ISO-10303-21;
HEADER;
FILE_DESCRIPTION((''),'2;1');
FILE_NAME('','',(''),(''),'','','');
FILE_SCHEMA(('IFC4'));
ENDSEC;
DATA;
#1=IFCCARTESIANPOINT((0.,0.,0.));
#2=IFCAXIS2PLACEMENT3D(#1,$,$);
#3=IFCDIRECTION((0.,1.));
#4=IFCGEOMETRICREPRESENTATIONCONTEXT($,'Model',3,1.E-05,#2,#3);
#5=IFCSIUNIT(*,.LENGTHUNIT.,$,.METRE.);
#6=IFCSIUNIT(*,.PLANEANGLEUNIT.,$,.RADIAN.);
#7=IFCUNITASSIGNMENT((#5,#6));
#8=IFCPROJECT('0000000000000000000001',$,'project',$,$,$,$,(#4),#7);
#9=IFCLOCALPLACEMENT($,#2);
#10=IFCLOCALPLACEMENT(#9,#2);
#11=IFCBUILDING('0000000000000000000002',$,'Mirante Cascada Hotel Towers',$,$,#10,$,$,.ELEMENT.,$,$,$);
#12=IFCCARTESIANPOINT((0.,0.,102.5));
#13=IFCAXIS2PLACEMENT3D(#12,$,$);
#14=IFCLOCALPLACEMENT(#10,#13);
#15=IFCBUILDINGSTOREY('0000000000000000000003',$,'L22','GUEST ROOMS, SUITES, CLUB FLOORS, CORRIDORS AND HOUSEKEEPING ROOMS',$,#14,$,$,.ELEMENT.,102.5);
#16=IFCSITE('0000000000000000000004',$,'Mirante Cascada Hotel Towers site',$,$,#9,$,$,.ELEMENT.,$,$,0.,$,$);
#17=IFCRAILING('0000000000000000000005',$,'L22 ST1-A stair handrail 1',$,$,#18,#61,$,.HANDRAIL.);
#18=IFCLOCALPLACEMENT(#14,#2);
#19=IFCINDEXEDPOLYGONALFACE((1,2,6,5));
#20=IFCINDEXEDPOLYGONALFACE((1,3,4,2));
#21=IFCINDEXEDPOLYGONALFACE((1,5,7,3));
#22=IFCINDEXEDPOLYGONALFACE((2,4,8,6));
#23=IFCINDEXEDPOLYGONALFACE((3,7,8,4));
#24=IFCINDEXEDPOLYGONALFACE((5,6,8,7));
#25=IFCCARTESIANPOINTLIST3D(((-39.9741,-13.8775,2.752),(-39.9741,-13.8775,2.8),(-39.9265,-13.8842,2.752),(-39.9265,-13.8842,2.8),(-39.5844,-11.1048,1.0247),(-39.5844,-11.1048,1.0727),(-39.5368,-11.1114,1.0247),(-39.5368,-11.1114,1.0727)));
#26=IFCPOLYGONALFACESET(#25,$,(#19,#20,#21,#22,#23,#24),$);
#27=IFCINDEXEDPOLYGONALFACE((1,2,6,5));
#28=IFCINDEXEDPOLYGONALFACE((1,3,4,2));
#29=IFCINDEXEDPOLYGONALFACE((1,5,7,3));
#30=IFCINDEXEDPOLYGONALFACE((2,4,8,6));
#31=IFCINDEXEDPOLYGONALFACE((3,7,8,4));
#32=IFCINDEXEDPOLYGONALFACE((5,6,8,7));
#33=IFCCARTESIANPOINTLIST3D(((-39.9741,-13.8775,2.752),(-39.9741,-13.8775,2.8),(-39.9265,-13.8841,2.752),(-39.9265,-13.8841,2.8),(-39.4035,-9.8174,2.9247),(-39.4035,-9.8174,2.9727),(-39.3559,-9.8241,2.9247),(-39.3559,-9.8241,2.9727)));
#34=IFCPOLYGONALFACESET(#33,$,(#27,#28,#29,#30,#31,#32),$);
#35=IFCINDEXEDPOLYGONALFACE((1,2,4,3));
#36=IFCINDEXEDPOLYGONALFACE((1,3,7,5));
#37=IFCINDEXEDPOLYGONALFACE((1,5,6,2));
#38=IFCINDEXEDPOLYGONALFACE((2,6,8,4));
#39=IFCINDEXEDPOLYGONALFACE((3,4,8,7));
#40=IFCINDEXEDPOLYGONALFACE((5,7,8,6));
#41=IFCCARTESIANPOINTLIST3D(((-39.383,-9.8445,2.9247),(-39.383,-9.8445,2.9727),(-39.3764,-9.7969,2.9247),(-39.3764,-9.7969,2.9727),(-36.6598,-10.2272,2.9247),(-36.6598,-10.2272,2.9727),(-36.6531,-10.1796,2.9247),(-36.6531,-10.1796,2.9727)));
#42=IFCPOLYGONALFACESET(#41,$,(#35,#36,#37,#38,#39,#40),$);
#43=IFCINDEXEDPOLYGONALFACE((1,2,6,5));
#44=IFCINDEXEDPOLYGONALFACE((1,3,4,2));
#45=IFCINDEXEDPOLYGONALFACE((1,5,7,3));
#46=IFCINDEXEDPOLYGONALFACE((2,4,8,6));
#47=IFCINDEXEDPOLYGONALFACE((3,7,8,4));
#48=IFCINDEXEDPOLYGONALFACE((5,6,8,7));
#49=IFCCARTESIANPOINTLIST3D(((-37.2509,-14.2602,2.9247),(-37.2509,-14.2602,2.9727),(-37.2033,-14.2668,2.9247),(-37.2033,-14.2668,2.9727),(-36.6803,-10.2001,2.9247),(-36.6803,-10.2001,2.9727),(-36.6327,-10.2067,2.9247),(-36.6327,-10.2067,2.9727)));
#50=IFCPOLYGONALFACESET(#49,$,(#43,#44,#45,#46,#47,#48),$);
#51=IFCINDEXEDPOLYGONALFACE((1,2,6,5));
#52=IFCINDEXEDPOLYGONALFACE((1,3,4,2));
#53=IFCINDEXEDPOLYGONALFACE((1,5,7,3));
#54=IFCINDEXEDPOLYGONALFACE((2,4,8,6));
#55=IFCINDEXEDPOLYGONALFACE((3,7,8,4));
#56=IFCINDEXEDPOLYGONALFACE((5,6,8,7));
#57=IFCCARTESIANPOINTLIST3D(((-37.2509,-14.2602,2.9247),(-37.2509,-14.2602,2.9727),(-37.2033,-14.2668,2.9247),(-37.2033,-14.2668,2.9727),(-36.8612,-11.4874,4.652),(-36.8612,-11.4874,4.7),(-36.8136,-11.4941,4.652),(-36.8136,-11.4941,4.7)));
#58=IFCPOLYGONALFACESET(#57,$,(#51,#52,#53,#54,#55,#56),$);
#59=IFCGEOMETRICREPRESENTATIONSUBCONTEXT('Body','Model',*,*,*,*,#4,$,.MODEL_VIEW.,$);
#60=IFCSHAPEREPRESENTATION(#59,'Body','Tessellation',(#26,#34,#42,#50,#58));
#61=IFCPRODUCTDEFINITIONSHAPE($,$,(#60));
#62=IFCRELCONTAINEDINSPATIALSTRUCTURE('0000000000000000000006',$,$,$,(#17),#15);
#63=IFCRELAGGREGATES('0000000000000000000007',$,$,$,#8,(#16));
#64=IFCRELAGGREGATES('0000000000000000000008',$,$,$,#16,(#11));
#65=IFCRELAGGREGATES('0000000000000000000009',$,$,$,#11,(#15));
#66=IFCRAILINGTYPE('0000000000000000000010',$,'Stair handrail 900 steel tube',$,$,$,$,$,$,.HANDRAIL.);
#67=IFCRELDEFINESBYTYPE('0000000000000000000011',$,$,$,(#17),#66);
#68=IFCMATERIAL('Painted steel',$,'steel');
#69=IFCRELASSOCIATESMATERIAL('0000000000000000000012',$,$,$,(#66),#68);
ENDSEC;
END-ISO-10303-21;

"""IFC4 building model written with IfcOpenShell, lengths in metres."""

from ifc_helpers import new_model, si_unit, direction, frame, origin, origin_2d, place, context, subcontext, project, spatial, rectangle, extrude, material, type_object, element, save


model = new_model("IFC4")

# Units and contexts
model_context = context("Model", 3, precision=1e-05, world=origin(), true_north=direction((0.0, 1.0)))
body_context = subcontext(model_context, "Body", "Model", "MODEL_VIEW")
ifc_project = project(units=[si_unit("LENGTHUNIT", "METRE"), si_unit("PLANEANGLEUNIT", "RADIAN")], contexts=[model_context])

# Site, building, storey
site_placement = place(None, origin())
site = spatial("IfcSite", under=ifc_project, at=site_placement, Name="Mirante Cascada Hotel Towers site", CompositionType="ELEMENT", RefElevation=0.0)
building_placement = place(site_placement, origin())
building = spatial("IfcBuilding", under=site, at=building_placement, Name="Mirante Cascada Hotel Towers", CompositionType="ELEMENT")
storey_placement = place(building_placement, frame((0.0, 0.0, 102.5)))
storey = spatial("IfcBuildingStorey", under=building, at=storey_placement, Name="L22", Description="GUEST ROOMS, SUITES, CLUB FLOORS, CORRIDORS AND HOUSEKEEPING ROOMS", CompositionType="ELEMENT", Elevation=102.5)

# Railing
ifc_material_1 = material(Name="Painted steel", Category="steel")
railing_type_1 = type_object("IfcRailingType", Name="Stair handrail 900 steel tube", PredefinedType="HANDRAIL", material=ifc_material_1)
railing_1_placement = place(storey_placement, frame((-39.5606, -11.1081, 0.1727)))
element("IfcRailing", 1, at=railing_1_placement, inside=storey, type_object=railing_type_1, Name="L22 ST1-A stair handrail 1", PredefinedType="HANDRAIL", context=body_context, shape_type="SweptSolid", body=[
    extrude(rectangle(XDim=0.048, YDim=0.048, at=origin_2d()), frame((0.0, 0.0, 0.876), z_axis=(-0.139181, -0.990267, 0.0), x_axis=(0.990267, -0.139181, 0.0)), (0.0, 0.525035, 0.851081), 3.2899),
    extrude(rectangle(XDim=0.048, YDim=0.048, at=origin_2d()), frame((-0.3897, -2.7727, 2.6033), z_axis=(0.139171, 0.990268, 0.0), x_axis=(-0.990268, 0.139171, 0.0)), (0.0, 0.042085, 0.999114), 4.1036),
    extrude(rectangle(XDim=0.048, YDim=0.048, at=origin_2d()), frame((0.1809, 1.2874, 2.776), z_axis=(0.990269, -0.139166, 0.0), x_axis=(0.139166, 0.990269, 0.0)), (0.0, 0.0, 1.0), 2.75),
    extrude(rectangle(XDim=0.048, YDim=0.048, at=origin_2d()), frame((2.9041, 0.9047, 2.776), z_axis=(-0.139171, -0.990268, 0.0), x_axis=(0.990268, -0.139171, 0.0)), (0.0, 0.0, 1.0), 4.1),
    extrude(rectangle(XDim=0.048, YDim=0.048, at=origin_2d()), frame((2.3335, -3.1554, 2.776), z_axis=(0.139181, 0.990267, 0.0), x_axis=(-0.990267, 0.139181, 0.0)), (0.0, 0.525035, 0.851081), 3.2899),
])

save(model, "model.ifc")
